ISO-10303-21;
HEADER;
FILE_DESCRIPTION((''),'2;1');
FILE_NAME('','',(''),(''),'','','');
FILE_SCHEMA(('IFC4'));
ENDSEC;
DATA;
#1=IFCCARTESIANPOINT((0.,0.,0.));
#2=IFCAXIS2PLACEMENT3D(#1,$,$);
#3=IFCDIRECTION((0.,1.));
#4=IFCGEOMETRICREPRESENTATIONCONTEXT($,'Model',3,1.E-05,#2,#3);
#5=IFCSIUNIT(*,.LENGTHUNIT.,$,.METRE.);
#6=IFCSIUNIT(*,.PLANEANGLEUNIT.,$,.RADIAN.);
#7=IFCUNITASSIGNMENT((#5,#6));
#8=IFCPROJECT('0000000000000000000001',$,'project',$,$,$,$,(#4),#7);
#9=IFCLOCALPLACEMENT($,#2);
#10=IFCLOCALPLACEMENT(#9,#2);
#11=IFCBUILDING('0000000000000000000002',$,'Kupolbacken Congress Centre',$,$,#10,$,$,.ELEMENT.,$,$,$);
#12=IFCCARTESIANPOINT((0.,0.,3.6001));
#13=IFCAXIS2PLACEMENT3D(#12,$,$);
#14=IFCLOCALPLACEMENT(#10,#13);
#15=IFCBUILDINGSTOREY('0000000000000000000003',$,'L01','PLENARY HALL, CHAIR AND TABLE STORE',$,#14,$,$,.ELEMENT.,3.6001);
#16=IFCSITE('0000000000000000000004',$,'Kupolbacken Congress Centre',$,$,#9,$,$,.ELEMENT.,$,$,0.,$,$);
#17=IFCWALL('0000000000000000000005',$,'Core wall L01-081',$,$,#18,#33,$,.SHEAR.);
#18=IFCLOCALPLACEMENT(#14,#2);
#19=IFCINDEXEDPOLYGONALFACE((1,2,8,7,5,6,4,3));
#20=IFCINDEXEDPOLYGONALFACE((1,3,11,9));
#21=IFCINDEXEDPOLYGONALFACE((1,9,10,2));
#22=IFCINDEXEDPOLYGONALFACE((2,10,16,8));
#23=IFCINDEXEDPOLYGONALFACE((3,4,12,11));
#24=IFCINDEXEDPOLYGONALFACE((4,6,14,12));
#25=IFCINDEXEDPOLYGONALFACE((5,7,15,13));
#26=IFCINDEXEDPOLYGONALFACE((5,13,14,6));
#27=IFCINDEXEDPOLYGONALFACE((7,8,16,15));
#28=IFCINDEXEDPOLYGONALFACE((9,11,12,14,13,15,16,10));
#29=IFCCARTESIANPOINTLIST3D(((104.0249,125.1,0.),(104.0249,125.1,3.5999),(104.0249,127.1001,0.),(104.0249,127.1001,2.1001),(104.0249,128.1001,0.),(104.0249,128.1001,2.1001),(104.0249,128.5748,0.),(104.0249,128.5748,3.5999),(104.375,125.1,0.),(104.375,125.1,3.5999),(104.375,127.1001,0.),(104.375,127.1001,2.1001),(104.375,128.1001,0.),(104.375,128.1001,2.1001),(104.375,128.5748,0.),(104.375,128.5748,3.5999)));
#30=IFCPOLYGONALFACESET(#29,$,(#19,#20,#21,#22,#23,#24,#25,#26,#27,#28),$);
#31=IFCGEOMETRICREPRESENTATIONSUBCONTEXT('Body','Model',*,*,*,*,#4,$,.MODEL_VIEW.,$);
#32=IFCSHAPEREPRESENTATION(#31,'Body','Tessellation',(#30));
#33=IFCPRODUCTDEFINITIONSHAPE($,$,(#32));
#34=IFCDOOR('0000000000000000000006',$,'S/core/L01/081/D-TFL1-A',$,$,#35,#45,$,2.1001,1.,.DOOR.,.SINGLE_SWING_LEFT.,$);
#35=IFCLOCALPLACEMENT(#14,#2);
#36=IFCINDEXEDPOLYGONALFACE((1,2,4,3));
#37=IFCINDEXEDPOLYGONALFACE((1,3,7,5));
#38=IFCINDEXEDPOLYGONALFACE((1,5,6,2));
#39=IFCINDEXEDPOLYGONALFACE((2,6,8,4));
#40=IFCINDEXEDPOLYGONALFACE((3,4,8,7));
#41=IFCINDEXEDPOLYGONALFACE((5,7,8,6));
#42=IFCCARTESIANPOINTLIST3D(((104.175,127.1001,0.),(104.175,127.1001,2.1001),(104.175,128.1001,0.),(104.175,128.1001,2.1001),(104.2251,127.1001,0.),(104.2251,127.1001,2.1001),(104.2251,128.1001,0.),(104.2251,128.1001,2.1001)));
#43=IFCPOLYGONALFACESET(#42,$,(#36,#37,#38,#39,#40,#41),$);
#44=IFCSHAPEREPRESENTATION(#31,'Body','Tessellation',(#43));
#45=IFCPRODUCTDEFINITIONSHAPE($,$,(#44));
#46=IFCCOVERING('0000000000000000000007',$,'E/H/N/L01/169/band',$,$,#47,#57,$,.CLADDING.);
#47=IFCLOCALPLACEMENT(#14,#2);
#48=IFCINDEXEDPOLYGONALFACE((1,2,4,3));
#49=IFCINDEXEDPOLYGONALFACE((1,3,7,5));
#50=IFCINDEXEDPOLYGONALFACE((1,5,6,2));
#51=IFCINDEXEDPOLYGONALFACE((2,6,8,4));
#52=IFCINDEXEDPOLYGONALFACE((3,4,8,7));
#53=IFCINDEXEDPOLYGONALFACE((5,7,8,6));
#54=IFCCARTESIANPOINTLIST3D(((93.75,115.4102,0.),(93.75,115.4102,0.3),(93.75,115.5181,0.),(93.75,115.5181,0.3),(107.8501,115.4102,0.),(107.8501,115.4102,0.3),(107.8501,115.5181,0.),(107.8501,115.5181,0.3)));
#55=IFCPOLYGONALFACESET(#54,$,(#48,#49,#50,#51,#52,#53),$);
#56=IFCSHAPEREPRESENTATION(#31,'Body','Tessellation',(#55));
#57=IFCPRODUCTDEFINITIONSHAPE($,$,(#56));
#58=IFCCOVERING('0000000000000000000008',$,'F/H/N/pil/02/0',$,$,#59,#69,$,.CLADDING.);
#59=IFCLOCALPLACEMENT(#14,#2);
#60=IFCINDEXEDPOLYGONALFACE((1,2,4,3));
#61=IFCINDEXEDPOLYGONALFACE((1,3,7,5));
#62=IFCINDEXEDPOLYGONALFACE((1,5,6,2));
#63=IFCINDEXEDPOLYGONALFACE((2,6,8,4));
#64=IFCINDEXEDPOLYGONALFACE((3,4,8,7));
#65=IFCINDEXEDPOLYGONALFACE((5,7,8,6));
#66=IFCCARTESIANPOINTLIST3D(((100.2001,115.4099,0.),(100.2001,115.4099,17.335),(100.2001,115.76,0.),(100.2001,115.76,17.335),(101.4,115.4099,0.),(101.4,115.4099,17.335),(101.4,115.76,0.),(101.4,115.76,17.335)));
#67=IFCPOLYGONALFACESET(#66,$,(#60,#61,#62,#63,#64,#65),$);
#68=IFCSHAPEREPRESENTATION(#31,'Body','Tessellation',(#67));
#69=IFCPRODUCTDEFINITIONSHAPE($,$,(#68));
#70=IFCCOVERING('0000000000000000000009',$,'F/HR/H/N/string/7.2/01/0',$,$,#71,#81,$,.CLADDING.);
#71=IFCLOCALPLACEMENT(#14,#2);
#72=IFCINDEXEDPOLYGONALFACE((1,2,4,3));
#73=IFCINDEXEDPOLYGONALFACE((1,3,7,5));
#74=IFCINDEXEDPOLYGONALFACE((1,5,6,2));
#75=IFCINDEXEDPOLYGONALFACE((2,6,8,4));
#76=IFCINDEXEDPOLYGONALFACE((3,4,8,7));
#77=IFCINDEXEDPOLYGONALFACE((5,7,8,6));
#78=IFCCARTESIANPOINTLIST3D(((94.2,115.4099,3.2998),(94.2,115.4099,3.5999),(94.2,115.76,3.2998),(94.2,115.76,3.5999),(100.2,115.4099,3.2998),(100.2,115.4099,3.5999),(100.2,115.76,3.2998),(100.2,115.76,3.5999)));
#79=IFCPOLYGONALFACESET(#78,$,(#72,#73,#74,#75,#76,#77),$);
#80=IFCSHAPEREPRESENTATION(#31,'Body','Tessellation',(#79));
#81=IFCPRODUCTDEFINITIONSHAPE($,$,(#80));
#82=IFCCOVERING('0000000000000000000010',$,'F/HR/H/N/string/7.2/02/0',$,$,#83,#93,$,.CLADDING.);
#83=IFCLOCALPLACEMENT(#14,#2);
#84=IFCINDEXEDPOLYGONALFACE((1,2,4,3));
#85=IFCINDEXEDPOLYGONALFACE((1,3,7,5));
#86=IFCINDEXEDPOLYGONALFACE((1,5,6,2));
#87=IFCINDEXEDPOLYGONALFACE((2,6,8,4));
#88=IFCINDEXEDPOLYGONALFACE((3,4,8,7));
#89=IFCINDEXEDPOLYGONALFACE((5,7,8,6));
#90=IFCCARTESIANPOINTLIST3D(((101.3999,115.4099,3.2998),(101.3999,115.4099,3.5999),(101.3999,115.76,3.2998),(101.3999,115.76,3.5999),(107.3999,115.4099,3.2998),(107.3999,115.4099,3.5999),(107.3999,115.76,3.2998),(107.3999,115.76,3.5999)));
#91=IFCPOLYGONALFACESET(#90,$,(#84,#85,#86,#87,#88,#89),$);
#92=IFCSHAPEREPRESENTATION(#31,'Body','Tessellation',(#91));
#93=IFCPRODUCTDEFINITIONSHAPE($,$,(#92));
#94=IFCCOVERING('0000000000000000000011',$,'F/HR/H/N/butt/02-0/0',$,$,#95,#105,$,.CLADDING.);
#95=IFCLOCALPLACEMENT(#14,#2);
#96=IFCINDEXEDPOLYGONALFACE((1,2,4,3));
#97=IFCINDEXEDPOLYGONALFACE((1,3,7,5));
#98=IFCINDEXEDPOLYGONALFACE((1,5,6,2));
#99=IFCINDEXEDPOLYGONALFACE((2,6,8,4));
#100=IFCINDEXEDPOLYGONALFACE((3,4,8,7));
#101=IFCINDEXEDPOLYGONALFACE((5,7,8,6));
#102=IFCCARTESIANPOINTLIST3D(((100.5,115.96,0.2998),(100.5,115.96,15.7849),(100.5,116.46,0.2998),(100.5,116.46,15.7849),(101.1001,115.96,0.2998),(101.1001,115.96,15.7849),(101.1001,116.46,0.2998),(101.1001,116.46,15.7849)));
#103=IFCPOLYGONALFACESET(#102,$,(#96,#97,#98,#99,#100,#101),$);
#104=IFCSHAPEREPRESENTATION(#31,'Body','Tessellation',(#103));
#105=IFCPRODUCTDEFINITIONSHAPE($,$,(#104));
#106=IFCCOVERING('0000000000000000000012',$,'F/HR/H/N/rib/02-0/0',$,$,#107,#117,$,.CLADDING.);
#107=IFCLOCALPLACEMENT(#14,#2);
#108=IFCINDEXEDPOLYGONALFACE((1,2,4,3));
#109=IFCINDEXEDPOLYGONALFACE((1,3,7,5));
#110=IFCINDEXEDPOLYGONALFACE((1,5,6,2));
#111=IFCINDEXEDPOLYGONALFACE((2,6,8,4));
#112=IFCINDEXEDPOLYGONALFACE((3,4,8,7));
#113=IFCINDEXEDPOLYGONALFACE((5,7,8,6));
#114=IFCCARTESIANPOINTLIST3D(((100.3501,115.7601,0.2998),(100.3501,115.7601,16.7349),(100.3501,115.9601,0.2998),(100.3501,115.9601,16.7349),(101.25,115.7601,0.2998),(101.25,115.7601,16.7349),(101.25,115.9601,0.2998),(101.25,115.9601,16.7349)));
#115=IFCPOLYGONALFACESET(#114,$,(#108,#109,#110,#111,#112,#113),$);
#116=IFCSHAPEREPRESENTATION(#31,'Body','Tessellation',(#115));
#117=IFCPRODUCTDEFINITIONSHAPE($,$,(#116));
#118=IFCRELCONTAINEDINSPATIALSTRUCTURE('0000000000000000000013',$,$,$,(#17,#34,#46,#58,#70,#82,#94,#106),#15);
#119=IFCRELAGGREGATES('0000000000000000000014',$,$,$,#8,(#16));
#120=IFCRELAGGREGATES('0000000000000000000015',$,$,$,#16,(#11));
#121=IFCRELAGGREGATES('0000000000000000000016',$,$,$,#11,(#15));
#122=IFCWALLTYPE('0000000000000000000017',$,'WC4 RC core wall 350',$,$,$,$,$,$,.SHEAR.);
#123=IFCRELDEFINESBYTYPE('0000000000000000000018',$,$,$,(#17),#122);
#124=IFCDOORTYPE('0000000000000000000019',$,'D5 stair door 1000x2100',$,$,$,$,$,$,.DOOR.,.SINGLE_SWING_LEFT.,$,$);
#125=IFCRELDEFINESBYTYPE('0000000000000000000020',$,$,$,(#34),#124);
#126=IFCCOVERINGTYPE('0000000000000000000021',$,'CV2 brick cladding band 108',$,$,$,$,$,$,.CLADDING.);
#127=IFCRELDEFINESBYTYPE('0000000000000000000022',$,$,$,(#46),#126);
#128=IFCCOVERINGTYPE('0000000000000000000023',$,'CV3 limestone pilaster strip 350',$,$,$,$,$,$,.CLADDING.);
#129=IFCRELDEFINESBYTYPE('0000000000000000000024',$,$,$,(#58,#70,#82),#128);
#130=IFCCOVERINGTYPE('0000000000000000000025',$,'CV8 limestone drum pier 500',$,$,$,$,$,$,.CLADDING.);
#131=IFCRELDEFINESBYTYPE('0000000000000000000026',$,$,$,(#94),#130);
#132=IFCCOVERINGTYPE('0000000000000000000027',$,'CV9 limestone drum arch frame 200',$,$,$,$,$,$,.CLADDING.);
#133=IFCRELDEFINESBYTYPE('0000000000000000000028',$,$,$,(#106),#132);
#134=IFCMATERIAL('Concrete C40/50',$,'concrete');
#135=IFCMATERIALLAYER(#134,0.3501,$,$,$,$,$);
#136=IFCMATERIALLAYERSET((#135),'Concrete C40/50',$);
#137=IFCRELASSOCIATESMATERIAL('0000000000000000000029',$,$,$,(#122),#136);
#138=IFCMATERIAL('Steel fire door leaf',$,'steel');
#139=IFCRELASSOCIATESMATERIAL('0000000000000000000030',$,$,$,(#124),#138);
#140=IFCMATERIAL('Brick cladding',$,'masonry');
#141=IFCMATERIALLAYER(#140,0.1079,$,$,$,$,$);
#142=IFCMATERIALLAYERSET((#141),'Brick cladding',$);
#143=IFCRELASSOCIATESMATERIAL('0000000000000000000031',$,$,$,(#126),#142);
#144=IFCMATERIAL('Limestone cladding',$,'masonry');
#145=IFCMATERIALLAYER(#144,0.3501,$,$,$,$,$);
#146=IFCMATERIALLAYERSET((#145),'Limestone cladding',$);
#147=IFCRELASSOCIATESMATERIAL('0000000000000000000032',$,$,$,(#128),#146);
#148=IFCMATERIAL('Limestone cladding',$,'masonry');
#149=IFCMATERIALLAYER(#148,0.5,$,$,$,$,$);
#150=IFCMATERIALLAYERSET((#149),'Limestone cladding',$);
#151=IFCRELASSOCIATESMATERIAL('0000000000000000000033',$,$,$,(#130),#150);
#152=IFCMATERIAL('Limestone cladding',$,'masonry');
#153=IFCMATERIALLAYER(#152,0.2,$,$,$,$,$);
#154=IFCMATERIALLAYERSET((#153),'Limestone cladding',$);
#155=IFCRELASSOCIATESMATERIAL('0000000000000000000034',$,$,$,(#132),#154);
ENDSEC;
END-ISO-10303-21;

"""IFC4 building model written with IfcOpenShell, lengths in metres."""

from ifc_helpers import new_model, si_unit, direction, frame, frame_2d, origin, origin_2d, place, context, subcontext, project, spatial, rectangle, extrude, material, layer, layer_set, type_object, element, fill, save


model = new_model("IFC4")

# Units and contexts
model_context = context("Model", 3, precision=1e-05, world=origin(), true_north=direction((0.0, 1.0)))
body_context = subcontext(model_context, "Body", "Model", "MODEL_VIEW")
ifc_project = project(units=[si_unit("LENGTHUNIT", "METRE"), si_unit("PLANEANGLEUNIT", "RADIAN")], contexts=[model_context])

# Site, building, storey
site_placement = place(None, origin())
site = spatial("IfcSite", under=ifc_project, at=site_placement, Name="Kupolbacken Congress Centre", CompositionType="ELEMENT", RefElevation=0.0)
building_placement = place(site_placement, origin())
building = spatial("IfcBuilding", under=site, at=building_placement, Name="Kupolbacken Congress Centre", CompositionType="ELEMENT")
storey_placement = place(building_placement, frame((0.0, 0.0, 3.6001)))
storey = spatial("IfcBuildingStorey", under=building, at=storey_placement, Name="L01", Description="PLENARY HALL, CHAIR AND TABLE STORE", CompositionType="ELEMENT", Elevation=3.6001)

# Shared definitions
ifc_material_1 = material(Name="Concrete C40/50", Category="concrete")
ifc_layer_1 = layer(ifc_material_1, 0.3501)
ifc_layer_set_1 = layer_set([ifc_layer_1], Name="Concrete C40/50")
wall_type_1 = type_object("IfcWallType", Name="WC4 RC core wall 350", PredefinedType="SHEAR", material=ifc_layer_set_1)

# Wall, opening, door
wall_1_placement = place(storey_placement, frame((104.2, 125.1001, 0.0), z_axis=(0.0, 0.0, 1.0), x_axis=(0.0, 1.0, 0.0)))
wall_1 = element("IfcWall", 1, at=wall_1_placement, inside=storey, type_object=wall_type_1, Name="Core wall L01-081", PredefinedType="SHEAR", context=body_context, shape_type="SweptSolid", body=[
    extrude(rectangle(XDim=3.4749, YDim=0.3501, at=frame_2d((1.7373, 0.0))), origin(), (0.0, 0.0, 1.0), 3.5999),
])
opening_1_placement = place(wall_1_placement, frame((2.0, 0.0, 0.0)))
opening_1 = element("IfcOpeningElement", 2, at=opening_1_placement, cuts=wall_1, PredefinedType="OPENING", context=body_context, shape_type="SweptSolid", body=[
    extrude(rectangle(XDim=1.0, YDim=2.1001, at=frame_2d((0.5, 1.05))), frame((0.0, 0.1851, 0.0), z_axis=(0.0, -1.0, 0.0), x_axis=(1.0, 0.0, 0.0)), (0.0, 0.0, 1.0), 0.3701),
])
ifc_material_2 = material(Name="Steel fire door leaf", Category="steel")
door_type_1 = type_object("IfcDoorType", Name="D5 stair door 1000x2100", OperationType="SINGLE_SWING_LEFT", PredefinedType="DOOR", material=ifc_material_2)
door_1_placement = place(opening_1_placement, origin())
door_1 = element("IfcDoor", 3, at=door_1_placement, inside=storey, type_object=door_type_1, Name="S/core/L01/081/D-TFL1-A", OperationType="SINGLE_SWING_LEFT", OverallHeight=2.1001, OverallWidth=1.0, PredefinedType="DOOR", context=body_context, shape_type="SweptSolid", body=[
    extrude(rectangle(XDim=1.0, YDim=2.1001, at=frame_2d((0.5, 1.05))), frame((0.0, 0.0249, 0.0), z_axis=(0.0, -1.0, 0.0), x_axis=(1.0, 0.0, 0.0)), (0.0, 0.0, 1.0), 0.05),
])
fill(opening_1, door_1)

# Coverings
ifc_material_3 = material(Name="Brick cladding", Category="masonry")
ifc_layer_2 = layer(ifc_material_3, 0.1079)
ifc_layer_set_2 = layer_set([ifc_layer_2], Name="Brick cladding")
covering_type_1 = type_object("IfcCoveringType", Name="CV2 brick cladding band 108", PredefinedType="CLADDING", material=ifc_layer_set_2)
covering_1_placement = place(storey_placement, frame((100.8, 115.4641, 0.0), z_axis=(0.0, 0.0, 1.0), x_axis=(-1.0, 0.0, 0.0)))
element("IfcCovering", 4, at=covering_1_placement, inside=storey, type_object=covering_type_1, Name="E/H/N/L01/169/band", PredefinedType="CLADDING", context=body_context, shape_type="SweptSolid", body=[
    extrude(rectangle(XDim=14.1001, YDim=0.1079, at=origin_2d()), origin(), (0.0, 0.0, 1.0), 0.3),
])
ifc_material_4 = material(Name="Limestone cladding", Category="masonry")
ifc_layer_3 = layer(ifc_material_4, 0.3501)
ifc_layer_set_3 = layer_set([ifc_layer_3], Name="Limestone cladding")
covering_type_2 = type_object("IfcCoveringType", Name="CV3 limestone pilaster strip 350", PredefinedType="CLADDING", material=ifc_layer_set_3)
covering_2_placement = place(storey_placement, frame((100.8, 115.585, 0.0), z_axis=(0.0, 0.0, 1.0), x_axis=(1.0, 0.0, 0.0)))
element("IfcCovering", 5, at=covering_2_placement, inside=storey, type_object=covering_type_2, Name="F/H/N/pil/02/0", PredefinedType="CLADDING", context=body_context, shape_type="SweptSolid", body=[
    extrude(rectangle(XDim=1.2, YDim=0.3501, at=origin_2d()), origin(), (0.0, 0.0, 1.0), 17.335),
])
for number, where, z_axis, x_axis, name in (
    (6, (97.2, 115.585, 3.2998), (0.0, 0.0, 1.0), (1.0, 0.0, 0.0), "F/HR/H/N/string/7.2/01/0"),
    (7, (104.3999, 115.585, 3.2998), (0.0, 0.0, 1.0), (1.0, 0.0, 0.0), "F/HR/H/N/string/7.2/02/0"),
):
    element("IfcCovering", number, at=place(storey_placement, frame(where, z_axis=z_axis, x_axis=x_axis)), inside=storey, type_object=covering_type_2, Name=name, PredefinedType="CLADDING", context=body_context, shape_type="SweptSolid", body=[
        extrude(rectangle(XDim=6.0, YDim=0.3501, at=origin_2d()), origin(), (0.0, 0.0, 1.0), 0.3),
    ])
ifc_material_5 = material(Name="Limestone cladding", Category="masonry")
ifc_layer_4 = layer(ifc_material_5, 0.5)
ifc_layer_set_4 = layer_set([ifc_layer_4], Name="Limestone cladding")
covering_type_3 = type_object("IfcCoveringType", Name="CV8 limestone drum pier 500", PredefinedType="CLADDING", material=ifc_layer_set_4)
covering_3_placement = place(storey_placement, frame((100.8, 116.21, 0.2998), z_axis=(0.0, 0.0, 1.0), x_axis=(1.0, 0.0, 0.0)))
element("IfcCovering", 8, at=covering_3_placement, inside=storey, type_object=covering_type_3, Name="F/HR/H/N/butt/02-0/0", PredefinedType="CLADDING", context=body_context, shape_type="SweptSolid", body=[
    extrude(rectangle(XDim=0.6001, YDim=0.5, at=origin_2d()), origin(), (0.0, 0.0, 1.0), 15.4851),
])
ifc_material_6 = material(Name="Limestone cladding", Category="masonry")
ifc_layer_5 = layer(ifc_material_6, 0.2)
ifc_layer_set_5 = layer_set([ifc_layer_5], Name="Limestone cladding")
covering_type_4 = type_object("IfcCoveringType", Name="CV9 limestone drum arch frame 200", PredefinedType="CLADDING", material=ifc_layer_set_5)
covering_4_placement = place(storey_placement, frame((100.8, 115.8601, 0.2998), z_axis=(0.0, 0.0, 1.0), x_axis=(1.0, 0.0, 0.0)))
element("IfcCovering", 9, at=covering_4_placement, inside=storey, type_object=covering_type_4, Name="F/HR/H/N/rib/02-0/0", PredefinedType="CLADDING", context=body_context, shape_type="SweptSolid", body=[
    extrude(rectangle(XDim=0.8999, YDim=0.2, at=origin_2d()), origin(), (0.0, 0.0, 1.0), 16.4351),
])

save(model, "model.ifc")
